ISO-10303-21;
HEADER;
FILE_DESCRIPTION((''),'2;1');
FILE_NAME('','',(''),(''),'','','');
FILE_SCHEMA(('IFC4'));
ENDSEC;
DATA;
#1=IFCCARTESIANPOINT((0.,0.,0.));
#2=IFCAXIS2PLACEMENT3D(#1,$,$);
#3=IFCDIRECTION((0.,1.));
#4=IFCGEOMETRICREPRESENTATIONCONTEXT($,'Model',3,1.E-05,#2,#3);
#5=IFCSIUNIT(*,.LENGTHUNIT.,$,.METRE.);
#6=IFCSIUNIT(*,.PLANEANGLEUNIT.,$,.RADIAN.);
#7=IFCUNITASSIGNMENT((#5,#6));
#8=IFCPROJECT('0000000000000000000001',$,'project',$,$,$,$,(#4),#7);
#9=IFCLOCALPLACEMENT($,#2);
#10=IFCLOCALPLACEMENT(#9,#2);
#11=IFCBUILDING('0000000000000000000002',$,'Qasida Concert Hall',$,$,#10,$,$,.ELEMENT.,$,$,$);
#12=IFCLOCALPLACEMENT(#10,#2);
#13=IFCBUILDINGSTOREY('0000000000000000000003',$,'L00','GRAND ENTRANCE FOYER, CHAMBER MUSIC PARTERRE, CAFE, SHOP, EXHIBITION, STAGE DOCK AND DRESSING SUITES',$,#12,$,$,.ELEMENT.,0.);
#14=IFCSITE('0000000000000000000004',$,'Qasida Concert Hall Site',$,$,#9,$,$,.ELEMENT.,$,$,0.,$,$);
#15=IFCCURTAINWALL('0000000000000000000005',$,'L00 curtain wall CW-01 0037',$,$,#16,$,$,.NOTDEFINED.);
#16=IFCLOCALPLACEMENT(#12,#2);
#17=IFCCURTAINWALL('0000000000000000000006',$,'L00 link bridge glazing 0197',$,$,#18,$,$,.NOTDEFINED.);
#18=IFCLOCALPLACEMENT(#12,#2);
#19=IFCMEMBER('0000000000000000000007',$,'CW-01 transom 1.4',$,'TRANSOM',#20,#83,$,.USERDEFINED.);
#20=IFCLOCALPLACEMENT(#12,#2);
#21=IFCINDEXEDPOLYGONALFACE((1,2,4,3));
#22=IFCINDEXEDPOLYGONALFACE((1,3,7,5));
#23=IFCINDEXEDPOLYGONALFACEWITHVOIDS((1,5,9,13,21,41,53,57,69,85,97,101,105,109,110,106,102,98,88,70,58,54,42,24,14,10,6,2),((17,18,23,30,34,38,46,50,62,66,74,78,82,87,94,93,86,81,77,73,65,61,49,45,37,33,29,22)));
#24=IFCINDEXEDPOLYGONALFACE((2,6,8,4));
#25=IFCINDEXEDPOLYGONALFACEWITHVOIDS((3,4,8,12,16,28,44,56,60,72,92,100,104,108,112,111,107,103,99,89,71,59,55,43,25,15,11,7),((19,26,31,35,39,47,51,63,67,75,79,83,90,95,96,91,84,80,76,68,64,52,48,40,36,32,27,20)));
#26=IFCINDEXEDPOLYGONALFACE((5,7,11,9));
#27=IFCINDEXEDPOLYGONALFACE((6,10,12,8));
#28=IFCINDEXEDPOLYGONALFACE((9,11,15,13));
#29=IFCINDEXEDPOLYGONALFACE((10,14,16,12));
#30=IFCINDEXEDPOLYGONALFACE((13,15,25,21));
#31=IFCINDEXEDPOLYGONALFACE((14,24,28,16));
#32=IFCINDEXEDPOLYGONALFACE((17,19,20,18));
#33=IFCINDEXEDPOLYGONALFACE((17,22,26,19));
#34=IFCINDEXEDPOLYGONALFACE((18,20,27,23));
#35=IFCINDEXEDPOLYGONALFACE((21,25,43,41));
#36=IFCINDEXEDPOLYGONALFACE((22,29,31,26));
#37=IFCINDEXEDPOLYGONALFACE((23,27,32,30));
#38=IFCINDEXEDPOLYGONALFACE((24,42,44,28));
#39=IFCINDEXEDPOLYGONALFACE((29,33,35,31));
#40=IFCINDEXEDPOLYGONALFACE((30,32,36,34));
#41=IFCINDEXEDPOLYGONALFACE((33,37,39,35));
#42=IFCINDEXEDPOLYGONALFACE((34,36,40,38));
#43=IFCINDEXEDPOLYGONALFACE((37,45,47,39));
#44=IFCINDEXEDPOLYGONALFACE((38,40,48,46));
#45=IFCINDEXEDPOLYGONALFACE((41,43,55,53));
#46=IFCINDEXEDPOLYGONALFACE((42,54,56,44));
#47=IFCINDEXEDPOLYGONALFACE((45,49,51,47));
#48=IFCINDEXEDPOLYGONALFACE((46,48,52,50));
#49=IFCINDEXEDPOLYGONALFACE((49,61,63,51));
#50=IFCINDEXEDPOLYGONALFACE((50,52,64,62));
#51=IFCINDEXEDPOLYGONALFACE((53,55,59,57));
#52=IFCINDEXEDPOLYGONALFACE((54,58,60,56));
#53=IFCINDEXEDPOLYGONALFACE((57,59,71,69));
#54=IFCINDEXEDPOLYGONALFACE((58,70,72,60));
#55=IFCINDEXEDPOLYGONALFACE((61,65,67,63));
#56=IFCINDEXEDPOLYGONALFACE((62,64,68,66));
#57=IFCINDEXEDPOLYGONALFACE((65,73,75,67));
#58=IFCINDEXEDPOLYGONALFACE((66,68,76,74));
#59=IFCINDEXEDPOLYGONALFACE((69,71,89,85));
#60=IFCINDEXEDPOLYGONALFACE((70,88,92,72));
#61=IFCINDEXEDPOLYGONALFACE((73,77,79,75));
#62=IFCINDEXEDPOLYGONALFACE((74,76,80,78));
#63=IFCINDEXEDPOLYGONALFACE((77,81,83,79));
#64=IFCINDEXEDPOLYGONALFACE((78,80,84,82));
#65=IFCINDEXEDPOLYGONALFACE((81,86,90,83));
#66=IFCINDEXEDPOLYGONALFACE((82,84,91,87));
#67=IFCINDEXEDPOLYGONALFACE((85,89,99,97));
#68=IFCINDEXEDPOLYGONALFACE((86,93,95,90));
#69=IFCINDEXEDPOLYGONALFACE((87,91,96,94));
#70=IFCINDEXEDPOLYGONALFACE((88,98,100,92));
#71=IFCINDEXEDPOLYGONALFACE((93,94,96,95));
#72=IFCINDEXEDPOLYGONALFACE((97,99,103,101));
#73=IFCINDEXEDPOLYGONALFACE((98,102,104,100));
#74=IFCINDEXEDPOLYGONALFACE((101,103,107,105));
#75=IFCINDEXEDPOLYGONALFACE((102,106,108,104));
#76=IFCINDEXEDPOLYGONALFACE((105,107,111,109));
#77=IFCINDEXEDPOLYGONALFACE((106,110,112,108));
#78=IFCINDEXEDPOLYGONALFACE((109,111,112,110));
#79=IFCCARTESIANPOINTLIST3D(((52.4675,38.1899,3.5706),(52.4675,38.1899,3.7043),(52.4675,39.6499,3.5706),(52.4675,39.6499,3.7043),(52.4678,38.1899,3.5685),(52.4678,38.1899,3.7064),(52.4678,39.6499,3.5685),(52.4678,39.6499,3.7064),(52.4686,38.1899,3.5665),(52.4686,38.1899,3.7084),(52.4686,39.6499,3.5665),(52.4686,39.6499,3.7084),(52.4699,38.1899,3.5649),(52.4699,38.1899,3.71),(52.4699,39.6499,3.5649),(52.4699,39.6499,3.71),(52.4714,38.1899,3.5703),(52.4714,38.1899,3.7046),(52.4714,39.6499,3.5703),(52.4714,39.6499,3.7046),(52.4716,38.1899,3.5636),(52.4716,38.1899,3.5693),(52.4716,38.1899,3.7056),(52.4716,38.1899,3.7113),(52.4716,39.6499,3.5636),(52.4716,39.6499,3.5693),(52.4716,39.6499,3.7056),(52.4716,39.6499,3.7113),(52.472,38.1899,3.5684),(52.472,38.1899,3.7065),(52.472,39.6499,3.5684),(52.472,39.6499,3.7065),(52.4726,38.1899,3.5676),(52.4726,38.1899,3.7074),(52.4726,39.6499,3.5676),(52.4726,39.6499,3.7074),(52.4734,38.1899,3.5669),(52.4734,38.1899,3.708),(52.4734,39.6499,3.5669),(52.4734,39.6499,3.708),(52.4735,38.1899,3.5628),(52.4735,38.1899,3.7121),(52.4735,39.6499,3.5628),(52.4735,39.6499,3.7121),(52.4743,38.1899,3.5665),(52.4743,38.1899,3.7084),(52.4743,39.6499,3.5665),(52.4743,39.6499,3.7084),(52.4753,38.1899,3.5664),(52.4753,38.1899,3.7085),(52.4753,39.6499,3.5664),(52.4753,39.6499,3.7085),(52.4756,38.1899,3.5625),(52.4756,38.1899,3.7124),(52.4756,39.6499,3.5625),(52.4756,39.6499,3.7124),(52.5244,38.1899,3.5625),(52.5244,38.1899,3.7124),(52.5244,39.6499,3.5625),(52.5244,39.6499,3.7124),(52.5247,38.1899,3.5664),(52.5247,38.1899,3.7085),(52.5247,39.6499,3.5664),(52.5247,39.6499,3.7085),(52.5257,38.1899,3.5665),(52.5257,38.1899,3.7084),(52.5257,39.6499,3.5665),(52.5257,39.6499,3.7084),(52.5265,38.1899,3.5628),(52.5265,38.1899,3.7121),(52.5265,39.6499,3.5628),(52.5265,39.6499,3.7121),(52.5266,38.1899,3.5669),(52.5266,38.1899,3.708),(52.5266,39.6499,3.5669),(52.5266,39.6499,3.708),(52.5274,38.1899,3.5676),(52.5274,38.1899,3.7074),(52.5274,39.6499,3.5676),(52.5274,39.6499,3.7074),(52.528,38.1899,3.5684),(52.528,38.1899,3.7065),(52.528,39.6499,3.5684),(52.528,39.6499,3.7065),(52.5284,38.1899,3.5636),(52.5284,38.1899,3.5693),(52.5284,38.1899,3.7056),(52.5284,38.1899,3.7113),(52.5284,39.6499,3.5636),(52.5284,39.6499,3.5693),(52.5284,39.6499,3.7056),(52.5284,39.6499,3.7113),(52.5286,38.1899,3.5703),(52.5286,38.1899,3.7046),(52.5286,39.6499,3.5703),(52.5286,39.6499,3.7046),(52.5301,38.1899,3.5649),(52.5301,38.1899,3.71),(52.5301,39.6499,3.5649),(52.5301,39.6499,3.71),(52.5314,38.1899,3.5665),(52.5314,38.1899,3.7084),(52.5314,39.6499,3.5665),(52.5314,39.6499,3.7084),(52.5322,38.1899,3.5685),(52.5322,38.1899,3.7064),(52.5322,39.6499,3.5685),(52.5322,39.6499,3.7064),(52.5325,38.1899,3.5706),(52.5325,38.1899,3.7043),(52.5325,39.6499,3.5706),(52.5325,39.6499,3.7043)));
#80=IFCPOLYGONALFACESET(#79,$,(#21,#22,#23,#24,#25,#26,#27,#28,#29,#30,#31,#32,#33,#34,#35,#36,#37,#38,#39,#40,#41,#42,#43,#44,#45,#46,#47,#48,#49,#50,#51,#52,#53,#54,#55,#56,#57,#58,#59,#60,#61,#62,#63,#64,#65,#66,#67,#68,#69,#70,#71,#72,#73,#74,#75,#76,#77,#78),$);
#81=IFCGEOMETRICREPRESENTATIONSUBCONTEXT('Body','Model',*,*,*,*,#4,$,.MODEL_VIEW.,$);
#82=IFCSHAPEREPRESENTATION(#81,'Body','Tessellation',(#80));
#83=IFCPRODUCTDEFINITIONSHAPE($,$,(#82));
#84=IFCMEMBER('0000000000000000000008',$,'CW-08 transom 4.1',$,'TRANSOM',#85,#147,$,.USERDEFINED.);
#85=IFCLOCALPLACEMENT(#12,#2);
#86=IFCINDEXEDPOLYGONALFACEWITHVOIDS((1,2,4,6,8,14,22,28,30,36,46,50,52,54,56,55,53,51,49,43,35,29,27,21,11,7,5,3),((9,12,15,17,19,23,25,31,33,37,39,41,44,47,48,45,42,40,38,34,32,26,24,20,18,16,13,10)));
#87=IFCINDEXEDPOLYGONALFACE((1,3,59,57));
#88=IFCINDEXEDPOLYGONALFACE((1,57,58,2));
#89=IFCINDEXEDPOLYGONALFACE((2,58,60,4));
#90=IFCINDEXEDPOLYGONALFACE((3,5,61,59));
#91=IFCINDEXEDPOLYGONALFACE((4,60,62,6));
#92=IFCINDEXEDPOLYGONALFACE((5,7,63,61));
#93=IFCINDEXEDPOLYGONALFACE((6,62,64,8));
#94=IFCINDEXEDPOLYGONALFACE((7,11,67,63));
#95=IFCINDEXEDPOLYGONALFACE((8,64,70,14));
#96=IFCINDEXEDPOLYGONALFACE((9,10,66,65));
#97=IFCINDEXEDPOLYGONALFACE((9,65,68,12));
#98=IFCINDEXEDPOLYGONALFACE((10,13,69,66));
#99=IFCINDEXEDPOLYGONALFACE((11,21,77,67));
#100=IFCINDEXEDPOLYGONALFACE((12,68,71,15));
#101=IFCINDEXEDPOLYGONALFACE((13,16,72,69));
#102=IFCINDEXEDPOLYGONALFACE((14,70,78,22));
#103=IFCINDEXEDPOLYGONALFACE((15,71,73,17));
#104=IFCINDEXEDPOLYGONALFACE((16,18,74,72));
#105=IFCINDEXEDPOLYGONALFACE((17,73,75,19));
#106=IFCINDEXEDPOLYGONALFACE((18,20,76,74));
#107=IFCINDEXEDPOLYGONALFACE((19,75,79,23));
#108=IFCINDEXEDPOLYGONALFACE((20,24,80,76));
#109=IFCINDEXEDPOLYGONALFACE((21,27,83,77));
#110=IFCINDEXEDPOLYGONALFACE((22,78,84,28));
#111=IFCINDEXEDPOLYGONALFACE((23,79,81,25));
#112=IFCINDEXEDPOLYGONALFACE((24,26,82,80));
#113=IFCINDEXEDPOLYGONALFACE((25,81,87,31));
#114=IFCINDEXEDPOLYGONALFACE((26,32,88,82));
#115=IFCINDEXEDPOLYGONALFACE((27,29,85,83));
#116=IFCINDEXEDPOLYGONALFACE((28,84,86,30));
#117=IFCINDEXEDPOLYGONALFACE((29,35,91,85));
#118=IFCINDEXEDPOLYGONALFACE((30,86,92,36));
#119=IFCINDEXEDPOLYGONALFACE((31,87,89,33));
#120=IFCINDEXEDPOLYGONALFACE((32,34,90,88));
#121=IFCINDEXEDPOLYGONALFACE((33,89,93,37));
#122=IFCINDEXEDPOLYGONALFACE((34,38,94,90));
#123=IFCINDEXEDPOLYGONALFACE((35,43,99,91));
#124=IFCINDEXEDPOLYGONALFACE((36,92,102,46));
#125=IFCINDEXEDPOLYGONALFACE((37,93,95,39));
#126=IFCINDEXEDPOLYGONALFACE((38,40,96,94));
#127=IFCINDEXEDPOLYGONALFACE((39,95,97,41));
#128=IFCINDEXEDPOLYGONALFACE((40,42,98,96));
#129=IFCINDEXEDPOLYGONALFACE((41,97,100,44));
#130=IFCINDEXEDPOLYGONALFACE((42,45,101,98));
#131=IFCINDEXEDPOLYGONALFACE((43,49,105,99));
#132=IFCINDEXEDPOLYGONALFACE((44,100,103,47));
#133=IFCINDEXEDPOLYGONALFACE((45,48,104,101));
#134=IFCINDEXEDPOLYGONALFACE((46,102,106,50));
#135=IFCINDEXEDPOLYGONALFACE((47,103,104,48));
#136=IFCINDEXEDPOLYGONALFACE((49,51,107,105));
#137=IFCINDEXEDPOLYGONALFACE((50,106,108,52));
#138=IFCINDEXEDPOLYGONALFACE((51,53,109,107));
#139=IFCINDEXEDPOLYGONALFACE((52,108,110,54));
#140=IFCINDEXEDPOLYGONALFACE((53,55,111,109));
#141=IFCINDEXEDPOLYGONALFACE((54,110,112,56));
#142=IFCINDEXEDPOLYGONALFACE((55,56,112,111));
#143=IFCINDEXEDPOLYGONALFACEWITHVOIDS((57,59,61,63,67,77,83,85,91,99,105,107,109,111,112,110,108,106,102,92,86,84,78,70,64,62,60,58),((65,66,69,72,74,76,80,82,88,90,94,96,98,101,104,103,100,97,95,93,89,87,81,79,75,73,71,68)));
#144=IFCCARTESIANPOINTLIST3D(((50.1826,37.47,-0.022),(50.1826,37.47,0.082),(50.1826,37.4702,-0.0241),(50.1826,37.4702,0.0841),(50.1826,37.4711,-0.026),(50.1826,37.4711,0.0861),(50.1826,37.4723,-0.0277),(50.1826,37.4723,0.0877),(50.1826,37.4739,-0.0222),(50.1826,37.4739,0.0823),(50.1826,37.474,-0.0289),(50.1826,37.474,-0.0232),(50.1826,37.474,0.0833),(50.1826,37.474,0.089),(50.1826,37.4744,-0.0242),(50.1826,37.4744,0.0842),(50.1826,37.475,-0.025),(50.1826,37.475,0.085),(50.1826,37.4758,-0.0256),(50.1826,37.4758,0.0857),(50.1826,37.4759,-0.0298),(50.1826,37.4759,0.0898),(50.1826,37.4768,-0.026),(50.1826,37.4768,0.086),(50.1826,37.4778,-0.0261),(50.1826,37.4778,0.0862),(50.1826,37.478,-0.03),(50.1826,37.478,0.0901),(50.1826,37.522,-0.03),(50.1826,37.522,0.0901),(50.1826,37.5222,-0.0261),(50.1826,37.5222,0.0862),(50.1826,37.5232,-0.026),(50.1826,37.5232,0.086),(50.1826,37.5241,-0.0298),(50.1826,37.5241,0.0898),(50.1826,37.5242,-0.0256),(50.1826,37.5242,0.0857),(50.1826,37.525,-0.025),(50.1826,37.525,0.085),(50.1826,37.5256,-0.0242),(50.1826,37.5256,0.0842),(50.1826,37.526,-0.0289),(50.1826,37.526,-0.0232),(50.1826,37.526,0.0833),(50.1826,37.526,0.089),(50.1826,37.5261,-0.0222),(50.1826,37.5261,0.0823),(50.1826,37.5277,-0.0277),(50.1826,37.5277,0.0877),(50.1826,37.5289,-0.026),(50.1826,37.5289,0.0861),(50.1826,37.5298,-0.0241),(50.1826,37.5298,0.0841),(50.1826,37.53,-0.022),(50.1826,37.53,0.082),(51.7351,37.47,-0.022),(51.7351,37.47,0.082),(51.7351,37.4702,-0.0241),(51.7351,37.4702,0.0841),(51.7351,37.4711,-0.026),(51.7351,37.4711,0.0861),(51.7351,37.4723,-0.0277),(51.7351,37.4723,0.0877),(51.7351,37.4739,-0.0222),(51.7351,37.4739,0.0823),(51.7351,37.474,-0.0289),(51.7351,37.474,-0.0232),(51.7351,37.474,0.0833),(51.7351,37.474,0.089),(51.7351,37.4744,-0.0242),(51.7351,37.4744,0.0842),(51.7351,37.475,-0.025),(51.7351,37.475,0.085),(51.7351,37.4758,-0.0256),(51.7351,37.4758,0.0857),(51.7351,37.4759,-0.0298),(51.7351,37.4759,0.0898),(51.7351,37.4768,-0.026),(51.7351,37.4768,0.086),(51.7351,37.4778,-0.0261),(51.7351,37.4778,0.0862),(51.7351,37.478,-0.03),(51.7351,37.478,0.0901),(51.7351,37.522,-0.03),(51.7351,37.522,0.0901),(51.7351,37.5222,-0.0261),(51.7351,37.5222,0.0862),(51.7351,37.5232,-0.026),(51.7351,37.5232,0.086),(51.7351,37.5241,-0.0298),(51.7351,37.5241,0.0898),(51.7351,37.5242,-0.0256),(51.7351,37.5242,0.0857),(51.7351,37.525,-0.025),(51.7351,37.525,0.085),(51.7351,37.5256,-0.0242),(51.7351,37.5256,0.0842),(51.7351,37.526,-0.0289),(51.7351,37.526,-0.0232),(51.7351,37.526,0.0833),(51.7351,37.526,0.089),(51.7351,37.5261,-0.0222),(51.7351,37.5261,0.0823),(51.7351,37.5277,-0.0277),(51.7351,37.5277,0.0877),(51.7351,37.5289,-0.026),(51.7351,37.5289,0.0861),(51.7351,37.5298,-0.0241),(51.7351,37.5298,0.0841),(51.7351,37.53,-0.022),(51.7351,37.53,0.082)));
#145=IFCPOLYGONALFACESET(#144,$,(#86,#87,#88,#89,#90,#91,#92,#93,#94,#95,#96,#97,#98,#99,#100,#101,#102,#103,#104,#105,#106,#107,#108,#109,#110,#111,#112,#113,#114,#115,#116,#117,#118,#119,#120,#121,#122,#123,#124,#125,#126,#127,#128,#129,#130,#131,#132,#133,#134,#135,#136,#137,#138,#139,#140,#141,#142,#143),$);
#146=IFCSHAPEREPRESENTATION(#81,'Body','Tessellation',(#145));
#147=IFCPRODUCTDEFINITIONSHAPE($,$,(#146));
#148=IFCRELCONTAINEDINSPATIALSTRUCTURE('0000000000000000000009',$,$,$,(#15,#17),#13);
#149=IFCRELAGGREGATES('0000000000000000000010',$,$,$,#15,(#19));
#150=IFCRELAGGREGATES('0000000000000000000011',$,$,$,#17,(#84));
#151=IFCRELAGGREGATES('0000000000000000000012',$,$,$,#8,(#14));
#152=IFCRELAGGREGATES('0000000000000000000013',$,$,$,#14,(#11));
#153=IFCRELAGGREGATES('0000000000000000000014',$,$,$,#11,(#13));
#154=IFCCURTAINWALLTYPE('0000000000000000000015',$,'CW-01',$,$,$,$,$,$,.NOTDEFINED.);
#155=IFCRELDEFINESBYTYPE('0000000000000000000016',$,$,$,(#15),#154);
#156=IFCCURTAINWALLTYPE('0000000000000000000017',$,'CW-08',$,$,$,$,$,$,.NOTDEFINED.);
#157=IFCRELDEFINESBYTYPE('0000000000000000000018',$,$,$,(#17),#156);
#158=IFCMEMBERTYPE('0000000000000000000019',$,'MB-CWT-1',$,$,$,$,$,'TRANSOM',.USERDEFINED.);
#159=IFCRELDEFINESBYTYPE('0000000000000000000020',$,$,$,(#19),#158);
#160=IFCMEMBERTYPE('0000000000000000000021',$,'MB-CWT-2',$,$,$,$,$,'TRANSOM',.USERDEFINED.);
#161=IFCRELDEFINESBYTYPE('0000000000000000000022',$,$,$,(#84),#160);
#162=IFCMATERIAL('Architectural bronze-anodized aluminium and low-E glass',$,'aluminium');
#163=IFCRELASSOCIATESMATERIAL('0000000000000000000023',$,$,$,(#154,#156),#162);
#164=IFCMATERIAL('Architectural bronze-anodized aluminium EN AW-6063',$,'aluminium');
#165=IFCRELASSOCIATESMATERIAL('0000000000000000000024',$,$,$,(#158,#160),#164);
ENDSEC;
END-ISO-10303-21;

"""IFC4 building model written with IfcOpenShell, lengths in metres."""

from ifc_helpers import new_model, si_unit, direction, frame, origin, origin_2d, place, context, subcontext, project, spatial, hollow_rectangle, extrude, material, material_profile, profile_set, type_object, element, aggregate, save


model = new_model("IFC4")

# Units and contexts
model_context = context("Model", 3, precision=1e-05, world=origin(), true_north=direction((0.0, 1.0)))
body_context = subcontext(model_context, "Body", "Model", "MODEL_VIEW")
ifc_project = project(units=[si_unit("LENGTHUNIT", "METRE"), si_unit("PLANEANGLEUNIT", "RADIAN")], contexts=[model_context])

# Site, building, storey
site_placement = place(None, origin())
site = spatial("IfcSite", under=ifc_project, at=site_placement, Name="Qasida Concert Hall Site", CompositionType="ELEMENT", RefElevation=0.0)
building_placement = place(site_placement, origin())
building = spatial("IfcBuilding", under=site, at=building_placement, Name="Qasida Concert Hall", CompositionType="ELEMENT")
storey_placement = place(building_placement, origin())
storey = spatial("IfcBuildingStorey", under=building, at=storey_placement, Name="L00", Description="GRAND ENTRANCE FOYER, CHAMBER MUSIC PARTERRE, CAFE, SHOP, EXHIBITION, STAGE DOCK AND DRESSING SUITES", CompositionType="ELEMENT", Elevation=0.0)

# Curtain wall
ifc_material_1 = material(Name="Architectural bronze-anodized aluminium and low-E glass", Category="aluminium")
curtain_wall_type_1 = type_object("IfcCurtainWallType", Name="CW-01", PredefinedType="NOTDEFINED", material=ifc_material_1)
curtain_wall_1_placement = place(storey_placement, origin())
curtain_wall_1 = element("IfcCurtainWall", 1, at=curtain_wall_1_placement, inside=storey, type_object=curtain_wall_type_1, Name="L00 curtain wall CW-01 0037", PredefinedType="NOTDEFINED")
ifc_material_2 = material(Name="Architectural bronze-anodized aluminium EN AW-6063", Category="aluminium")

# Curtain wall
curtain_wall_type_2 = type_object("IfcCurtainWallType", Name="CW-08", PredefinedType="NOTDEFINED", material=ifc_material_1)
curtain_wall_2_placement = place(storey_placement, origin())
curtain_wall_2 = element("IfcCurtainWall", 2, at=curtain_wall_2_placement, inside=storey, type_object=curtain_wall_type_2, Name="L00 link bridge glazing 0197", PredefinedType="NOTDEFINED")

# Members
ifc_material_profile_1 = material_profile(ifc_material_2, hollow_rectangle(XDim=0.0649, YDim=0.1499, WallThickness=0.0039, InnerFilletRadius=0.0039, OuterFilletRadius=0.0081, at=origin_2d()), Name="CWT 150x65x4")
ifc_profile_set_1 = profile_set([ifc_material_profile_1], Name="Architectural bronze-anodized aluminium EN AW-6063")
member_type_1 = type_object("IfcMemberType", Name="MB-CWT-1", ElementType="TRANSOM", PredefinedType="USERDEFINED", material=ifc_profile_set_1)
member_1_placement = place(storey_placement, frame((52.5, 38.1899, 3.6375), z_axis=(0.0, 1.0, 0.0), x_axis=(-1.0, 0.0, 0.0)))
member_1 = element("IfcMember", 3, at=member_1_placement, type_object=member_type_1, Name="CW-01 transom 1.4", ObjectType="TRANSOM", PredefinedType="USERDEFINED", context=body_context, shape_type="SweptSolid", body=[
    extrude(hollow_rectangle(XDim=0.0649, YDim=0.1499, WallThickness=0.0039, InnerFilletRadius=0.0039, OuterFilletRadius=0.0081, at=origin_2d()), origin(), (0.0, 0.0, 1.0), 1.46),
])
aggregate(curtain_wall_1, [member_1])
ifc_material_profile_2 = material_profile(ifc_material_2, hollow_rectangle(XDim=0.0601, YDim=0.1201, WallThickness=0.0039, InnerFilletRadius=0.0039, OuterFilletRadius=0.0081, at=origin_2d()), Name="CWT 120x60x4")
ifc_profile_set_2 = profile_set([ifc_material_profile_2], Name="Architectural bronze-anodized aluminium EN AW-6063")
member_type_2 = type_object("IfcMemberType", Name="MB-CWT-2", ElementType="TRANSOM", PredefinedType="USERDEFINED", material=ifc_profile_set_2)
member_2_placement = place(storey_placement, frame((50.1826, 37.5, 0.03), z_axis=(1.0, 0.0, 0.0), x_axis=(0.0, 1.0, 0.0)))
member_2 = element("IfcMember", 4, at=member_2_placement, type_object=member_type_2, Name="CW-08 transom 4.1", ObjectType="TRANSOM", PredefinedType="USERDEFINED", context=body_context, shape_type="SweptSolid", body=[
    extrude(hollow_rectangle(XDim=0.0601, YDim=0.1201, WallThickness=0.0039, InnerFilletRadius=0.0039, OuterFilletRadius=0.0081, at=origin_2d()), origin(), (0.0, 0.0, 1.0), 1.5525),
])

aggregate(curtain_wall_2, [member_2])

save(model, "model.ifc")
